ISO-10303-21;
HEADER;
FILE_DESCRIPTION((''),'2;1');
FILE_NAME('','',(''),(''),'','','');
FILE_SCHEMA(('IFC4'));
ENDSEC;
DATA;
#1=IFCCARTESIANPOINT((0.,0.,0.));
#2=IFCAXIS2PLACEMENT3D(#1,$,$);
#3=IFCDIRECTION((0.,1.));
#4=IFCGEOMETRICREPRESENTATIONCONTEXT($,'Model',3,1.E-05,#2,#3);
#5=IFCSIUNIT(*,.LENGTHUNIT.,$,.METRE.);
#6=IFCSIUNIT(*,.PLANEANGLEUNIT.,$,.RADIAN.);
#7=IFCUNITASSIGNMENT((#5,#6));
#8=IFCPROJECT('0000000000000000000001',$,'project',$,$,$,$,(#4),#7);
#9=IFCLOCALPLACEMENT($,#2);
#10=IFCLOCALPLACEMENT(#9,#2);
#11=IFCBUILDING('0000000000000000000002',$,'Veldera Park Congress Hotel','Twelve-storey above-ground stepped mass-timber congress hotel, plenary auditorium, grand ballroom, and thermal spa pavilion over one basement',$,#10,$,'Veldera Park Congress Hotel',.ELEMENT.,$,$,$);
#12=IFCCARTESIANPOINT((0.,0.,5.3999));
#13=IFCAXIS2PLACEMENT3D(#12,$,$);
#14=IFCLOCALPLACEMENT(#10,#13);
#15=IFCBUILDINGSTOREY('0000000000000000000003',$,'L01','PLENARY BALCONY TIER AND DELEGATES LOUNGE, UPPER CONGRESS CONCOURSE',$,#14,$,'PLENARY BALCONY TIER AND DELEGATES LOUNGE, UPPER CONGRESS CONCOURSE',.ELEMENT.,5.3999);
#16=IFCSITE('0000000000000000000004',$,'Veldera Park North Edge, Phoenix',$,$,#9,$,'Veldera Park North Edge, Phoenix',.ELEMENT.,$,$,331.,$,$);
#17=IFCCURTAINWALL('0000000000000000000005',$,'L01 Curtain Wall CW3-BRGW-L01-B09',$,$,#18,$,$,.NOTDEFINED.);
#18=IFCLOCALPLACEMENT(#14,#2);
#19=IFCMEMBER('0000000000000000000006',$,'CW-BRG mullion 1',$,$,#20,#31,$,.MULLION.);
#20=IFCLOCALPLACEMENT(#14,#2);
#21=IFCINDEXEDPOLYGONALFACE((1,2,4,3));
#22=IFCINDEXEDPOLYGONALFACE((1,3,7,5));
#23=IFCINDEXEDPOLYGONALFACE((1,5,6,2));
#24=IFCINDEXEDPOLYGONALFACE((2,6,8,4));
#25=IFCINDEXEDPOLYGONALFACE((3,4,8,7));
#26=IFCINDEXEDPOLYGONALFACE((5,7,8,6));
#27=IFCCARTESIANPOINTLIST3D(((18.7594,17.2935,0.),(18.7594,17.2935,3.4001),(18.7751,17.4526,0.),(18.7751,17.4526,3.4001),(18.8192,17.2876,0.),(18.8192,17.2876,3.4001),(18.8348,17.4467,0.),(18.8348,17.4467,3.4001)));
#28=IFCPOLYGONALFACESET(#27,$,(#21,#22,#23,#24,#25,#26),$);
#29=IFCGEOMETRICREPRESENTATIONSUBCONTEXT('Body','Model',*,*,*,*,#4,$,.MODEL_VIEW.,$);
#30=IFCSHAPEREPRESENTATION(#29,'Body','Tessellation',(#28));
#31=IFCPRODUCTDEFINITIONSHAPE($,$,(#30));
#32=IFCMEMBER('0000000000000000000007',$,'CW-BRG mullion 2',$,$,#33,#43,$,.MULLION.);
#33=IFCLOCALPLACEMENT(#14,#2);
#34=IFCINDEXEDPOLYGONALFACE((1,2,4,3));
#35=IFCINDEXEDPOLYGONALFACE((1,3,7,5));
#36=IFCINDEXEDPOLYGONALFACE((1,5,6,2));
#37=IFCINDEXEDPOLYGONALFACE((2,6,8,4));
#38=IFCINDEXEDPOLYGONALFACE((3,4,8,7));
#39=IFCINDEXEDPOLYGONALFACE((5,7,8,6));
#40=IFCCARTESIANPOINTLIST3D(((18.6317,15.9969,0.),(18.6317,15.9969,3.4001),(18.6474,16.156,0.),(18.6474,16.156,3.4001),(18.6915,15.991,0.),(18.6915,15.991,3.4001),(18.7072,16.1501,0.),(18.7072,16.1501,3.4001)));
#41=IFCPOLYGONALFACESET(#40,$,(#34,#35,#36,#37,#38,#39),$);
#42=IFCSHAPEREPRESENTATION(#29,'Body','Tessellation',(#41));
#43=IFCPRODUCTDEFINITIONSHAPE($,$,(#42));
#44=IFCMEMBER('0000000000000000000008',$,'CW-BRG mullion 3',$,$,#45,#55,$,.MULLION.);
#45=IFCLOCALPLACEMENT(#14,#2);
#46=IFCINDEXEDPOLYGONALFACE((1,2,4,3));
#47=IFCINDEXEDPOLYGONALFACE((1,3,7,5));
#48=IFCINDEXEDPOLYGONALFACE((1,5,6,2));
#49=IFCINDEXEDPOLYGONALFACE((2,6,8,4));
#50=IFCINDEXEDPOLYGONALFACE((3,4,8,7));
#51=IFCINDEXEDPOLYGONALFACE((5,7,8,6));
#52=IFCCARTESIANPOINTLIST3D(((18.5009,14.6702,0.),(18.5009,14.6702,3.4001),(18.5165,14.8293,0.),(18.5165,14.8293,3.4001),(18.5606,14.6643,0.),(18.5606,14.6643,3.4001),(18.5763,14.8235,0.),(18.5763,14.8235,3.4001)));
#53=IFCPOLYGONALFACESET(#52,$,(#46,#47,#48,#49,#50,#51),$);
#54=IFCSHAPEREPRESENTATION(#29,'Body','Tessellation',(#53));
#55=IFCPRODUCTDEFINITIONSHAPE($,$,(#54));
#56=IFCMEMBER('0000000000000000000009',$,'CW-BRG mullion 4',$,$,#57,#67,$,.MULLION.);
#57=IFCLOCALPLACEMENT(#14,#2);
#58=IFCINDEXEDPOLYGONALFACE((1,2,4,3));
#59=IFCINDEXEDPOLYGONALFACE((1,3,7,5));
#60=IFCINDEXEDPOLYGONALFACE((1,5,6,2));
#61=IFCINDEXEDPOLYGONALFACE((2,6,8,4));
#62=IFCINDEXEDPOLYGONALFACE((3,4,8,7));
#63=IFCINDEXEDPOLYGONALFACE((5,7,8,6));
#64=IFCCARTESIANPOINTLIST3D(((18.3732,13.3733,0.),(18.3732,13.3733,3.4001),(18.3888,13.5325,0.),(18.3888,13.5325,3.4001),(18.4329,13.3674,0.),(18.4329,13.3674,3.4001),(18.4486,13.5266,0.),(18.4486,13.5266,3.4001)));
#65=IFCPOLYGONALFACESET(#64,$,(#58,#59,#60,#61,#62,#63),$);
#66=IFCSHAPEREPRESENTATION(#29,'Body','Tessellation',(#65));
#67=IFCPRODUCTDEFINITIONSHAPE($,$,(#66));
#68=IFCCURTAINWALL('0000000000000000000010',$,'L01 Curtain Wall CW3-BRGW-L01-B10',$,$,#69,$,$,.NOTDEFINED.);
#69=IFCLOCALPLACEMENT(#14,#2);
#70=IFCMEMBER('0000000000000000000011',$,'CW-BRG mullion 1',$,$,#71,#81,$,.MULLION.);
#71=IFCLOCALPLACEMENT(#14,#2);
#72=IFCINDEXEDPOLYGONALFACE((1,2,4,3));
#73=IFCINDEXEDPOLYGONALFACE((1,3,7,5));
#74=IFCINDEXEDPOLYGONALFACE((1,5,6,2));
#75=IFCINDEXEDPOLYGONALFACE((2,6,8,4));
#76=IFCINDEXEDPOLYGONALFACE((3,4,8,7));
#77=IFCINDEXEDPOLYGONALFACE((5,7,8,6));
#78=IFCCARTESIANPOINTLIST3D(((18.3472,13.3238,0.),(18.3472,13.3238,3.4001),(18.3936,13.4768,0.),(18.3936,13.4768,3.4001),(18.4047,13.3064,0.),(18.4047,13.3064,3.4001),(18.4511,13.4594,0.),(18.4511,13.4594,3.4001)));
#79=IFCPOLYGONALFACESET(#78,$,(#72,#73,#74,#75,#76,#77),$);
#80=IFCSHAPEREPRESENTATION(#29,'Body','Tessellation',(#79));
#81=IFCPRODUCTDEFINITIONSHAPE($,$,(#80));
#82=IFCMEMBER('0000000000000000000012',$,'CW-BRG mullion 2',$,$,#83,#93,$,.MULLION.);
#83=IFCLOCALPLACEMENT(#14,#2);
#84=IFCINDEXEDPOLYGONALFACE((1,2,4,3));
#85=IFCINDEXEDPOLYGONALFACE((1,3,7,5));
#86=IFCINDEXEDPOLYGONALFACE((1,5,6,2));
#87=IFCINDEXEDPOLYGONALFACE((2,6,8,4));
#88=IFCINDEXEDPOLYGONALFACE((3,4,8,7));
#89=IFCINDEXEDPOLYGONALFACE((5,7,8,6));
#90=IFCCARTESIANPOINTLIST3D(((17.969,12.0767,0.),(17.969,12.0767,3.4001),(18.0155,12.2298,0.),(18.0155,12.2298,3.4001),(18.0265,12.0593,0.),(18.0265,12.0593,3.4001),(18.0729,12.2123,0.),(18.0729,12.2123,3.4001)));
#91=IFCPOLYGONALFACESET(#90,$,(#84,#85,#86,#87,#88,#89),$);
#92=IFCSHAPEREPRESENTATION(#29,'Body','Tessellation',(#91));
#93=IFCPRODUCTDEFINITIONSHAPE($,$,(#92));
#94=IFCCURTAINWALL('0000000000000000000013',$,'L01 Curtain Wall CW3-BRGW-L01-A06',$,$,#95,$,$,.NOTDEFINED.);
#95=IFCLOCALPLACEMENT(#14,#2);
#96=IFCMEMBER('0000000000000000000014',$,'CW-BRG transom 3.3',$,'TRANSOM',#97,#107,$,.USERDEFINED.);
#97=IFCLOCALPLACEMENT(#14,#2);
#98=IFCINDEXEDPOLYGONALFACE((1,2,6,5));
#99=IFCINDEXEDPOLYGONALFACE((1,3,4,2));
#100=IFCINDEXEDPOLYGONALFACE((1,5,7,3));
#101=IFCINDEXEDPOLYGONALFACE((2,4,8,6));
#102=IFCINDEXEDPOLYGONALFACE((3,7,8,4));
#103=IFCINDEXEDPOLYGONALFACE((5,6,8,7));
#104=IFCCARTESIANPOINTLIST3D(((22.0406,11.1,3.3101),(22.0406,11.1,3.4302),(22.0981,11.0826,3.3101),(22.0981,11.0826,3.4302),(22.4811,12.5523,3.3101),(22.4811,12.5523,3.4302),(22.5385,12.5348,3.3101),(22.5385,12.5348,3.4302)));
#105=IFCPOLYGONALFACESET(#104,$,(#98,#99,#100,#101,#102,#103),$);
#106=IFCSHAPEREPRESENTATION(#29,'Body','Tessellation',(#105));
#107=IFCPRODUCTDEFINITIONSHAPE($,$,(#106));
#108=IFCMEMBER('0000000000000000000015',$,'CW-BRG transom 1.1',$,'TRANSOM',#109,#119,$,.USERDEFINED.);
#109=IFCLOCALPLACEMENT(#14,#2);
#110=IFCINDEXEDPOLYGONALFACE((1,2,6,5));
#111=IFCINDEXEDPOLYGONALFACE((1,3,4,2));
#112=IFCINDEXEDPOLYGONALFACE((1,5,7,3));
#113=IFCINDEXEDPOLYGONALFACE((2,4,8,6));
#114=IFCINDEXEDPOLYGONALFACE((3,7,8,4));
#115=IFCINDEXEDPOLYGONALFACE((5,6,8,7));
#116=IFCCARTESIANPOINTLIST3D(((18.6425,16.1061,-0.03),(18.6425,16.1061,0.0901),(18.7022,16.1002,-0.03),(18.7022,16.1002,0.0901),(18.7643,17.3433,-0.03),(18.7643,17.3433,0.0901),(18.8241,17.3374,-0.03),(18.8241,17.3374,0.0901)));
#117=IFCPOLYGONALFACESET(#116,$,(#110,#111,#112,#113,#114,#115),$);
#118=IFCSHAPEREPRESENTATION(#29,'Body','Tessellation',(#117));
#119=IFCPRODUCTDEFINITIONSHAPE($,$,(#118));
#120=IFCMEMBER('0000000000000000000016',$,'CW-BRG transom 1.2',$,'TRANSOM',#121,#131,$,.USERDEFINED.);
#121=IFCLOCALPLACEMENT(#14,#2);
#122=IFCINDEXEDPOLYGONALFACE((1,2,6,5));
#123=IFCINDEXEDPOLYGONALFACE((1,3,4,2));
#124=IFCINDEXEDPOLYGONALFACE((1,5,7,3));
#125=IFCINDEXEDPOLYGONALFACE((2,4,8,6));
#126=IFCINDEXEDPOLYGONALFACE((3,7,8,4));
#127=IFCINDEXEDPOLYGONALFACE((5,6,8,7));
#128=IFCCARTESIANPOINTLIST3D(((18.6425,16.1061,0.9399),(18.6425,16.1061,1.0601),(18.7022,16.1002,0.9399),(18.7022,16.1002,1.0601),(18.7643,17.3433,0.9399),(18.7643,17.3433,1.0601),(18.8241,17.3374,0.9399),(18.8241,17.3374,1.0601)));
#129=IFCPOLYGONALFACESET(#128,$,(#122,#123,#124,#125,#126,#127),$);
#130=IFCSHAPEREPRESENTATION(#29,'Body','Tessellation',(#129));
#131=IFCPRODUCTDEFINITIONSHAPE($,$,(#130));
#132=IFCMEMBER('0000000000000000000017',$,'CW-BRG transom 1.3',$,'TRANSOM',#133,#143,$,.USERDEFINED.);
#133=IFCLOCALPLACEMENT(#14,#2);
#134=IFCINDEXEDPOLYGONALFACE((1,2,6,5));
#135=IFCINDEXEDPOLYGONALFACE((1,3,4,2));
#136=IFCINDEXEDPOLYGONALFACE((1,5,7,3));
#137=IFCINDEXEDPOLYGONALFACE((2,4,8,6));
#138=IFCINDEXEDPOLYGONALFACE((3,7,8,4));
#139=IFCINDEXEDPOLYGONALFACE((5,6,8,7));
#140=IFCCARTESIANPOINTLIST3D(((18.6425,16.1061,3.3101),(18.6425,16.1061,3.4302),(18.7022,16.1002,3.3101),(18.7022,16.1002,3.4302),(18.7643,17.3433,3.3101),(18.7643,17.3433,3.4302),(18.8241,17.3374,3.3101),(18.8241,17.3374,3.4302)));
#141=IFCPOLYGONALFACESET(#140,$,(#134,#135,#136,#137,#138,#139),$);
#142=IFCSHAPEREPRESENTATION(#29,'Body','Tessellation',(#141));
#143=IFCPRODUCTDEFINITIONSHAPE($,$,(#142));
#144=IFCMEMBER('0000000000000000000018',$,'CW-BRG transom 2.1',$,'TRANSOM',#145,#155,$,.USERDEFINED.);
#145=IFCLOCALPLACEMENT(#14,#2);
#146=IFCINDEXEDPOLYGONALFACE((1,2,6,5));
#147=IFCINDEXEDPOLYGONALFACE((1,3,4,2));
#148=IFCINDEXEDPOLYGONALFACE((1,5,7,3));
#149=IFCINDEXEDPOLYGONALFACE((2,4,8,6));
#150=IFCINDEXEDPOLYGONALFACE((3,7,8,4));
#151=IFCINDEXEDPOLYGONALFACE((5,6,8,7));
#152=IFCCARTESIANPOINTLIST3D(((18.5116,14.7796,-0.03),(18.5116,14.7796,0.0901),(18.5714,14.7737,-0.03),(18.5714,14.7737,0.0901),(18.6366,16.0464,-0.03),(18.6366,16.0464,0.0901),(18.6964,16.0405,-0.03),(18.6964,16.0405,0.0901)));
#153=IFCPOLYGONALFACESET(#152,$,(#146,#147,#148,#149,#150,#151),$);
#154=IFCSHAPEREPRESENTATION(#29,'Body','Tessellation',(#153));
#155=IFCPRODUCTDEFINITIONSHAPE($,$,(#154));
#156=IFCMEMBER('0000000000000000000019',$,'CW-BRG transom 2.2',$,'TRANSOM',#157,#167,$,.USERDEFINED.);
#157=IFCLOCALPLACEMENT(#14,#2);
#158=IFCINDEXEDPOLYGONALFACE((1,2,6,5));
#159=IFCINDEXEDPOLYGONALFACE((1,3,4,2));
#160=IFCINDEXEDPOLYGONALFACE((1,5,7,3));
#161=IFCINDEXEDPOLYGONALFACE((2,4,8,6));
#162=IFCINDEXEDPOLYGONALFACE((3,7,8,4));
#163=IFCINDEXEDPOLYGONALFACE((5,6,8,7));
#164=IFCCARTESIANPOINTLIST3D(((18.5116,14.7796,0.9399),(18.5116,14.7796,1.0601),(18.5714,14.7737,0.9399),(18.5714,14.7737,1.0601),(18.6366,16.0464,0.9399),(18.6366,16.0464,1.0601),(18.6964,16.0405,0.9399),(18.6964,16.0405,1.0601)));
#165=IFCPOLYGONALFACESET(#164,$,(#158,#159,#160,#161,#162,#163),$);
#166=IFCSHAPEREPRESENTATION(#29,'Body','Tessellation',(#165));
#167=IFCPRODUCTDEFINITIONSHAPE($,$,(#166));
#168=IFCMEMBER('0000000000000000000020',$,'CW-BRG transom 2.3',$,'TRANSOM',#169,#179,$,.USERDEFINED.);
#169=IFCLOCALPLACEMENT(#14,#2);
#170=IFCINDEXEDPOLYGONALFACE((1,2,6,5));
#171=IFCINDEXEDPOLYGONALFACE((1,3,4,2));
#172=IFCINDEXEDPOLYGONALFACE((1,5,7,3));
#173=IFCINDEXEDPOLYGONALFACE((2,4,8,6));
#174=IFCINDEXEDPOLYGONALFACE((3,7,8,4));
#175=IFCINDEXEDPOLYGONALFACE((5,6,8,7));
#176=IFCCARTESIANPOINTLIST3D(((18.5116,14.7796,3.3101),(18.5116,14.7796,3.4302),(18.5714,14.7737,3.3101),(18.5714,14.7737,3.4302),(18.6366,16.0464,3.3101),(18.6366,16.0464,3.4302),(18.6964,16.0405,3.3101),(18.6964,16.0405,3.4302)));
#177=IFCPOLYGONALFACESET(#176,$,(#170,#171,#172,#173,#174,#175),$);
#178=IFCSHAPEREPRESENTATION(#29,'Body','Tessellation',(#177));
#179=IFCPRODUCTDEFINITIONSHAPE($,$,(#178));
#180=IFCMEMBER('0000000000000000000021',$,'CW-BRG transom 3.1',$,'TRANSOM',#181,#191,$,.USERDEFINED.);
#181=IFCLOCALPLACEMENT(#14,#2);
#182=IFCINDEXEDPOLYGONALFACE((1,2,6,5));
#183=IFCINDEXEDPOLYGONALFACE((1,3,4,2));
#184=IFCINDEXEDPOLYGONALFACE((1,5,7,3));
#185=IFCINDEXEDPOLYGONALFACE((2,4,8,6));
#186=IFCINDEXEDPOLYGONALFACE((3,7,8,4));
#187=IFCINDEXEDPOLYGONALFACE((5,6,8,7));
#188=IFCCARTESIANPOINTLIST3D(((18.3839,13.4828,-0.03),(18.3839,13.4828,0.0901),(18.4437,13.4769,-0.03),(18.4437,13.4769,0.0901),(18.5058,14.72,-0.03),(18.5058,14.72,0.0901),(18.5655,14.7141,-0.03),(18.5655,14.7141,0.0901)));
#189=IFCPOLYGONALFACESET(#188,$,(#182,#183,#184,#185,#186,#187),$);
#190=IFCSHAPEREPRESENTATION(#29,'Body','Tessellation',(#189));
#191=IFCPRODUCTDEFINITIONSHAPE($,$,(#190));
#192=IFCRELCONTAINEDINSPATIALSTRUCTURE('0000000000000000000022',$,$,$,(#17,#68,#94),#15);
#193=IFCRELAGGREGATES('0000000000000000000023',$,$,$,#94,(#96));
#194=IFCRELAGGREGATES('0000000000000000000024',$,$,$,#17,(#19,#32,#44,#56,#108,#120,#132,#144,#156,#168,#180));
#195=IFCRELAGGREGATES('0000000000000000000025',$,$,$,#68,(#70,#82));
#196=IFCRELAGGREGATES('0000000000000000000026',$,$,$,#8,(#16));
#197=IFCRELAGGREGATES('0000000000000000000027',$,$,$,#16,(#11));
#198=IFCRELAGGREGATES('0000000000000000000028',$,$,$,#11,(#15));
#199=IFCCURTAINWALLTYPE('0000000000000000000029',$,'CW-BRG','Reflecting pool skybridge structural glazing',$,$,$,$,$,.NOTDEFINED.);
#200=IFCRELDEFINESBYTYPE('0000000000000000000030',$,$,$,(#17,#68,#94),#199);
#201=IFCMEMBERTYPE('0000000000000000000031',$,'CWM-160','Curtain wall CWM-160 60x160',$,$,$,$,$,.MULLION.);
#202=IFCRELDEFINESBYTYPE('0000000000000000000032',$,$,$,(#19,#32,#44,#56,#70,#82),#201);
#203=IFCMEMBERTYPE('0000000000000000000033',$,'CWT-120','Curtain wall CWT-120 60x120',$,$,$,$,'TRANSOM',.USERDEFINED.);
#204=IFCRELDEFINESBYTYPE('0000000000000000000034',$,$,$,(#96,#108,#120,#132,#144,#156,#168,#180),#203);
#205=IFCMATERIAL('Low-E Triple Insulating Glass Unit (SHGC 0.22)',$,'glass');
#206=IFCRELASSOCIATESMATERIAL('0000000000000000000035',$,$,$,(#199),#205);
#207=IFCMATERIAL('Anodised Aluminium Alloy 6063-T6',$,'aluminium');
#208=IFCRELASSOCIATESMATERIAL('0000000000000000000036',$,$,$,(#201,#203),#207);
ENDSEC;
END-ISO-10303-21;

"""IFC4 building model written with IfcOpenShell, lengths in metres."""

from ifc_helpers import new_model, si_unit, direction, frame, origin, origin_2d, place, context, subcontext, project, spatial, rectangle, extrude, material, material_profile, profile_set, type_object, element, aggregate, save


model = new_model("IFC4")

# Units and contexts
model_context = context("Model", 3, precision=1e-05, world=origin(), true_north=direction((0.0, 1.0)))
body_context = subcontext(model_context, "Body", "Model", "MODEL_VIEW")
ifc_project = project(units=[si_unit("LENGTHUNIT", "METRE"), si_unit("PLANEANGLEUNIT", "RADIAN")], contexts=[model_context])

# Site, building, storey
site_placement = place(None, origin())
site = spatial("IfcSite", under=ifc_project, at=site_placement, Name="Veldera Park North Edge, Phoenix", LongName="Veldera Park North Edge, Phoenix", CompositionType="ELEMENT", RefElevation=331.0)
building_placement = place(site_placement, origin())
building = spatial("IfcBuilding", under=site, at=building_placement, Name="Veldera Park Congress Hotel", Description="Twelve-storey above-ground stepped mass-timber congress hotel, plenary auditorium, grand ballroom, and thermal spa pavilion over one basement", LongName="Veldera Park Congress Hotel", CompositionType="ELEMENT")
storey_placement = place(building_placement, frame((0.0, 0.0, 5.3999)))
storey = spatial("IfcBuildingStorey", under=building, at=storey_placement, Name="L01", Description="PLENARY BALCONY TIER AND DELEGATES LOUNGE, UPPER CONGRESS CONCOURSE", LongName="PLENARY BALCONY TIER AND DELEGATES LOUNGE, UPPER CONGRESS CONCOURSE", CompositionType="ELEMENT", Elevation=5.3999)

# Curtain walls, members
ifc_material_1 = material(Name="Low-E Triple Insulating Glass Unit (SHGC 0.22)", Category="glass")
curtain_wall_type_1 = type_object("IfcCurtainWallType", Name="CW-BRG", Description="Reflecting pool skybridge structural glazing", PredefinedType="NOTDEFINED", material=ifc_material_1)
curtain_wall_1_placement = place(storey_placement, origin())
curtain_wall_1 = element("IfcCurtainWall", 1, at=curtain_wall_1_placement, inside=storey, type_object=curtain_wall_type_1, Name="L01 Curtain Wall CW3-BRGW-L01-B09", PredefinedType="NOTDEFINED")
ifc_material_2 = material(Name="Anodised Aluminium Alloy 6063-T6", Category="aluminium")
ifc_material_profile_1 = material_profile(ifc_material_2, rectangle(XDim=0.0601, YDim=0.1599, at=origin_2d()), Name="ALU 60x160")
ifc_profile_set_1 = profile_set([ifc_material_profile_1], Name="Anodised Aluminium Alloy 6063-T6")
member_type_1 = type_object("IfcMemberType", Name="CWM-160", Description="Curtain wall CWM-160 60x160", PredefinedType="MULLION", material=ifc_profile_set_1)
member_1_placement = place(storey_placement, frame((18.7971, 17.3701, 0.0), z_axis=(0.0, 0.0, 1.0), x_axis=(0.995184, -0.098023, 0.0)))
member_1 = element("IfcMember", 2, at=member_1_placement, type_object=member_type_1, Name="CW-BRG mullion 1", PredefinedType="MULLION", context=body_context, shape_type="SweptSolid", body=[
    extrude(rectangle(XDim=0.0601, YDim=0.1599, at=origin_2d()), origin(), (0.0, 0.0, 1.0), 3.4001),
])
member_2_placement = place(storey_placement, frame((18.6694, 16.0735, 0.0), z_axis=(0.0, 0.0, 1.0), x_axis=(0.995184, -0.098023, 0.0)))
member_2 = element("IfcMember", 3, at=member_2_placement, type_object=member_type_1, Name="CW-BRG mullion 2", PredefinedType="MULLION", context=body_context, shape_type="SweptSolid", body=[
    extrude(rectangle(XDim=0.0601, YDim=0.1599, at=origin_2d()), origin(), (0.0, 0.0, 1.0), 3.4001),
])
member_3_placement = place(storey_placement, frame((18.5386, 14.7468, 0.0), z_axis=(0.0, 0.0, 1.0), x_axis=(0.995184, -0.098023, 0.0)))
member_3 = element("IfcMember", 4, at=member_3_placement, type_object=member_type_1, Name="CW-BRG mullion 3", PredefinedType="MULLION", context=body_context, shape_type="SweptSolid", body=[
    extrude(rectangle(XDim=0.0601, YDim=0.1599, at=origin_2d()), origin(), (0.0, 0.0, 1.0), 3.4001),
])
member_4_placement = place(storey_placement, frame((18.4109, 13.45, 0.0), z_axis=(0.0, 0.0, 1.0), x_axis=(0.995184, -0.098023, 0.0)))
member_4 = element("IfcMember", 5, at=member_4_placement, type_object=member_type_1, Name="CW-BRG mullion 4", PredefinedType="MULLION", context=body_context, shape_type="SweptSolid", body=[
    extrude(rectangle(XDim=0.0601, YDim=0.1599, at=origin_2d()), origin(), (0.0, 0.0, 1.0), 3.4001),
])
curtain_wall_2_placement = place(storey_placement, origin())
curtain_wall_2 = element("IfcCurtainWall", 6, at=curtain_wall_2_placement, inside=storey, type_object=curtain_wall_type_1, Name="L01 Curtain Wall CW3-BRGW-L01-B10", PredefinedType="NOTDEFINED")
member_5_placement = place(storey_placement, frame((18.3992, 13.3916, 0.0), z_axis=(0.0, 0.0, 1.0), x_axis=(0.956939, -0.29029, 0.0)))
member_5 = element("IfcMember", 7, at=member_5_placement, type_object=member_type_1, Name="CW-BRG mullion 1", PredefinedType="MULLION", context=body_context, shape_type="SweptSolid", body=[
    extrude(rectangle(XDim=0.0601, YDim=0.1599, at=origin_2d()), origin(), (0.0, 0.0, 1.0), 3.4001),
])
member_6_placement = place(storey_placement, frame((18.021, 12.1445, 0.0), z_axis=(0.0, 0.0, 1.0), x_axis=(0.956939, -0.29029, 0.0)))
member_6 = element("IfcMember", 8, at=member_6_placement, type_object=member_type_1, Name="CW-BRG mullion 2", PredefinedType="MULLION", context=body_context, shape_type="SweptSolid", body=[
    extrude(rectangle(XDim=0.0601, YDim=0.1599, at=origin_2d()), origin(), (0.0, 0.0, 1.0), 3.4001),
])

# Curtain wall, member
curtain_wall_3_placement = place(storey_placement, origin())
curtain_wall_3 = element("IfcCurtainWall", 9, at=curtain_wall_3_placement, inside=storey, type_object=curtain_wall_type_1, Name="L01 Curtain Wall CW3-BRGW-L01-A06", PredefinedType="NOTDEFINED")
ifc_material_profile_2 = material_profile(ifc_material_2, rectangle(XDim=0.0601, YDim=0.1201, at=origin_2d()), Name="ALU 60x120")
ifc_profile_set_2 = profile_set([ifc_material_profile_2], Name="Anodised Aluminium Alloy 6063-T6")
member_type_2 = type_object("IfcMemberType", Name="CWT-120", Description="Curtain wall CWT-120 60x120", ElementType="TRANSOM", PredefinedType="USERDEFINED", material=ifc_profile_set_2)
member_7_placement = place(storey_placement, frame((22.0693, 11.0913, 3.3701), z_axis=(0.29024, 0.956954, 0.0), x_axis=(-0.956954, 0.29024, 0.0)))
member_7 = element("IfcMember", 10, at=member_7_placement, type_object=member_type_2, Name="CW-BRG transom 3.3", ObjectType="TRANSOM", PredefinedType="USERDEFINED", context=body_context, shape_type="SweptSolid", body=[
    extrude(rectangle(XDim=0.0601, YDim=0.1201, at=origin_2d()), origin(), (0.0, 0.0, 1.0), 1.5176),
])
aggregate(curtain_wall_3, [member_7])

# Members
member_8_placement = place(storey_placement, frame((18.7942, 17.3403, 0.03), z_axis=(-0.098006, -0.995186, 0.0), x_axis=(0.995186, -0.098006, 0.0)))
member_8 = element("IfcMember", 11, at=member_8_placement, type_object=member_type_2, Name="CW-BRG transom 1.1", ObjectType="TRANSOM", PredefinedType="USERDEFINED", context=body_context, shape_type="SweptSolid", body=[
    extrude(rectangle(XDim=0.0601, YDim=0.1201, at=origin_2d()), origin(), (0.0, 0.0, 1.0), 1.2432),
])
member_9_placement = place(storey_placement, frame((18.7942, 17.3403, 1.0), z_axis=(-0.098006, -0.995186, 0.0), x_axis=(0.995186, -0.098006, 0.0)))
member_9 = element("IfcMember", 12, at=member_9_placement, type_object=member_type_2, Name="CW-BRG transom 1.2", ObjectType="TRANSOM", PredefinedType="USERDEFINED", context=body_context, shape_type="SweptSolid", body=[
    extrude(rectangle(XDim=0.0601, YDim=0.1201, at=origin_2d()), origin(), (0.0, 0.0, 1.0), 1.2432),
])
member_10_placement = place(storey_placement, frame((18.7942, 17.3403, 3.3701), z_axis=(-0.098006, -0.995186, 0.0), x_axis=(0.995186, -0.098006, 0.0)))
member_10 = element("IfcMember", 13, at=member_10_placement, type_object=member_type_2, Name="CW-BRG transom 1.3", ObjectType="TRANSOM", PredefinedType="USERDEFINED", context=body_context, shape_type="SweptSolid", body=[
    extrude(rectangle(XDim=0.0601, YDim=0.1201, at=origin_2d()), origin(), (0.0, 0.0, 1.0), 1.2432),
])
member_11_placement = place(storey_placement, frame((18.6665, 16.0435, 0.03), z_axis=(-0.098193, -0.995167, 0.0), x_axis=(0.995167, -0.098193, 0.0)))
member_11 = element("IfcMember", 14, at=member_11_placement, type_object=member_type_2, Name="CW-BRG transom 2.1", ObjectType="TRANSOM", PredefinedType="USERDEFINED", context=body_context, shape_type="SweptSolid", body=[
    extrude(rectangle(XDim=0.0601, YDim=0.1201, at=origin_2d()), origin(), (0.0, 0.0, 1.0), 1.2729),
])
member_12_placement = place(storey_placement, frame((18.6665, 16.0435, 1.0), z_axis=(-0.098193, -0.995167, 0.0), x_axis=(0.995167, -0.098193, 0.0)))
member_12 = element("IfcMember", 15, at=member_12_placement, type_object=member_type_2, Name="CW-BRG transom 2.2", ObjectType="TRANSOM", PredefinedType="USERDEFINED", context=body_context, shape_type="SweptSolid", body=[
    extrude(rectangle(XDim=0.0601, YDim=0.1201, at=origin_2d()), origin(), (0.0, 0.0, 1.0), 1.2729),
])
member_13_placement = place(storey_placement, frame((18.6665, 16.0435, 3.3701), z_axis=(-0.098193, -0.995167, 0.0), x_axis=(0.995167, -0.098193, 0.0)))
member_13 = element("IfcMember", 16, at=member_13_placement, type_object=member_type_2, Name="CW-BRG transom 2.3", ObjectType="TRANSOM", PredefinedType="USERDEFINED", context=body_context, shape_type="SweptSolid", body=[
    extrude(rectangle(XDim=0.0601, YDim=0.1201, at=origin_2d()), origin(), (0.0, 0.0, 1.0), 1.2729),
])
member_14_placement = place(storey_placement, frame((18.5356, 14.717, 0.03), z_axis=(-0.098006, -0.995186, 0.0), x_axis=(0.995186, -0.098006, 0.0)))
member_14 = element("IfcMember", 17, at=member_14_placement, type_object=member_type_2, Name="CW-BRG transom 3.1", ObjectType="TRANSOM", PredefinedType="USERDEFINED", context=body_context, shape_type="SweptSolid", body=[
    extrude(rectangle(XDim=0.0601, YDim=0.1201, at=origin_2d()), origin(), (0.0, 0.0, 1.0), 1.2432),
])

aggregate(curtain_wall_1, [member_1, member_2, member_3, member_4, member_8, member_9, member_10, member_11, member_12, member_13, member_14])
aggregate(curtain_wall_2, [member_5, member_6])

save(model, "model.ifc")
